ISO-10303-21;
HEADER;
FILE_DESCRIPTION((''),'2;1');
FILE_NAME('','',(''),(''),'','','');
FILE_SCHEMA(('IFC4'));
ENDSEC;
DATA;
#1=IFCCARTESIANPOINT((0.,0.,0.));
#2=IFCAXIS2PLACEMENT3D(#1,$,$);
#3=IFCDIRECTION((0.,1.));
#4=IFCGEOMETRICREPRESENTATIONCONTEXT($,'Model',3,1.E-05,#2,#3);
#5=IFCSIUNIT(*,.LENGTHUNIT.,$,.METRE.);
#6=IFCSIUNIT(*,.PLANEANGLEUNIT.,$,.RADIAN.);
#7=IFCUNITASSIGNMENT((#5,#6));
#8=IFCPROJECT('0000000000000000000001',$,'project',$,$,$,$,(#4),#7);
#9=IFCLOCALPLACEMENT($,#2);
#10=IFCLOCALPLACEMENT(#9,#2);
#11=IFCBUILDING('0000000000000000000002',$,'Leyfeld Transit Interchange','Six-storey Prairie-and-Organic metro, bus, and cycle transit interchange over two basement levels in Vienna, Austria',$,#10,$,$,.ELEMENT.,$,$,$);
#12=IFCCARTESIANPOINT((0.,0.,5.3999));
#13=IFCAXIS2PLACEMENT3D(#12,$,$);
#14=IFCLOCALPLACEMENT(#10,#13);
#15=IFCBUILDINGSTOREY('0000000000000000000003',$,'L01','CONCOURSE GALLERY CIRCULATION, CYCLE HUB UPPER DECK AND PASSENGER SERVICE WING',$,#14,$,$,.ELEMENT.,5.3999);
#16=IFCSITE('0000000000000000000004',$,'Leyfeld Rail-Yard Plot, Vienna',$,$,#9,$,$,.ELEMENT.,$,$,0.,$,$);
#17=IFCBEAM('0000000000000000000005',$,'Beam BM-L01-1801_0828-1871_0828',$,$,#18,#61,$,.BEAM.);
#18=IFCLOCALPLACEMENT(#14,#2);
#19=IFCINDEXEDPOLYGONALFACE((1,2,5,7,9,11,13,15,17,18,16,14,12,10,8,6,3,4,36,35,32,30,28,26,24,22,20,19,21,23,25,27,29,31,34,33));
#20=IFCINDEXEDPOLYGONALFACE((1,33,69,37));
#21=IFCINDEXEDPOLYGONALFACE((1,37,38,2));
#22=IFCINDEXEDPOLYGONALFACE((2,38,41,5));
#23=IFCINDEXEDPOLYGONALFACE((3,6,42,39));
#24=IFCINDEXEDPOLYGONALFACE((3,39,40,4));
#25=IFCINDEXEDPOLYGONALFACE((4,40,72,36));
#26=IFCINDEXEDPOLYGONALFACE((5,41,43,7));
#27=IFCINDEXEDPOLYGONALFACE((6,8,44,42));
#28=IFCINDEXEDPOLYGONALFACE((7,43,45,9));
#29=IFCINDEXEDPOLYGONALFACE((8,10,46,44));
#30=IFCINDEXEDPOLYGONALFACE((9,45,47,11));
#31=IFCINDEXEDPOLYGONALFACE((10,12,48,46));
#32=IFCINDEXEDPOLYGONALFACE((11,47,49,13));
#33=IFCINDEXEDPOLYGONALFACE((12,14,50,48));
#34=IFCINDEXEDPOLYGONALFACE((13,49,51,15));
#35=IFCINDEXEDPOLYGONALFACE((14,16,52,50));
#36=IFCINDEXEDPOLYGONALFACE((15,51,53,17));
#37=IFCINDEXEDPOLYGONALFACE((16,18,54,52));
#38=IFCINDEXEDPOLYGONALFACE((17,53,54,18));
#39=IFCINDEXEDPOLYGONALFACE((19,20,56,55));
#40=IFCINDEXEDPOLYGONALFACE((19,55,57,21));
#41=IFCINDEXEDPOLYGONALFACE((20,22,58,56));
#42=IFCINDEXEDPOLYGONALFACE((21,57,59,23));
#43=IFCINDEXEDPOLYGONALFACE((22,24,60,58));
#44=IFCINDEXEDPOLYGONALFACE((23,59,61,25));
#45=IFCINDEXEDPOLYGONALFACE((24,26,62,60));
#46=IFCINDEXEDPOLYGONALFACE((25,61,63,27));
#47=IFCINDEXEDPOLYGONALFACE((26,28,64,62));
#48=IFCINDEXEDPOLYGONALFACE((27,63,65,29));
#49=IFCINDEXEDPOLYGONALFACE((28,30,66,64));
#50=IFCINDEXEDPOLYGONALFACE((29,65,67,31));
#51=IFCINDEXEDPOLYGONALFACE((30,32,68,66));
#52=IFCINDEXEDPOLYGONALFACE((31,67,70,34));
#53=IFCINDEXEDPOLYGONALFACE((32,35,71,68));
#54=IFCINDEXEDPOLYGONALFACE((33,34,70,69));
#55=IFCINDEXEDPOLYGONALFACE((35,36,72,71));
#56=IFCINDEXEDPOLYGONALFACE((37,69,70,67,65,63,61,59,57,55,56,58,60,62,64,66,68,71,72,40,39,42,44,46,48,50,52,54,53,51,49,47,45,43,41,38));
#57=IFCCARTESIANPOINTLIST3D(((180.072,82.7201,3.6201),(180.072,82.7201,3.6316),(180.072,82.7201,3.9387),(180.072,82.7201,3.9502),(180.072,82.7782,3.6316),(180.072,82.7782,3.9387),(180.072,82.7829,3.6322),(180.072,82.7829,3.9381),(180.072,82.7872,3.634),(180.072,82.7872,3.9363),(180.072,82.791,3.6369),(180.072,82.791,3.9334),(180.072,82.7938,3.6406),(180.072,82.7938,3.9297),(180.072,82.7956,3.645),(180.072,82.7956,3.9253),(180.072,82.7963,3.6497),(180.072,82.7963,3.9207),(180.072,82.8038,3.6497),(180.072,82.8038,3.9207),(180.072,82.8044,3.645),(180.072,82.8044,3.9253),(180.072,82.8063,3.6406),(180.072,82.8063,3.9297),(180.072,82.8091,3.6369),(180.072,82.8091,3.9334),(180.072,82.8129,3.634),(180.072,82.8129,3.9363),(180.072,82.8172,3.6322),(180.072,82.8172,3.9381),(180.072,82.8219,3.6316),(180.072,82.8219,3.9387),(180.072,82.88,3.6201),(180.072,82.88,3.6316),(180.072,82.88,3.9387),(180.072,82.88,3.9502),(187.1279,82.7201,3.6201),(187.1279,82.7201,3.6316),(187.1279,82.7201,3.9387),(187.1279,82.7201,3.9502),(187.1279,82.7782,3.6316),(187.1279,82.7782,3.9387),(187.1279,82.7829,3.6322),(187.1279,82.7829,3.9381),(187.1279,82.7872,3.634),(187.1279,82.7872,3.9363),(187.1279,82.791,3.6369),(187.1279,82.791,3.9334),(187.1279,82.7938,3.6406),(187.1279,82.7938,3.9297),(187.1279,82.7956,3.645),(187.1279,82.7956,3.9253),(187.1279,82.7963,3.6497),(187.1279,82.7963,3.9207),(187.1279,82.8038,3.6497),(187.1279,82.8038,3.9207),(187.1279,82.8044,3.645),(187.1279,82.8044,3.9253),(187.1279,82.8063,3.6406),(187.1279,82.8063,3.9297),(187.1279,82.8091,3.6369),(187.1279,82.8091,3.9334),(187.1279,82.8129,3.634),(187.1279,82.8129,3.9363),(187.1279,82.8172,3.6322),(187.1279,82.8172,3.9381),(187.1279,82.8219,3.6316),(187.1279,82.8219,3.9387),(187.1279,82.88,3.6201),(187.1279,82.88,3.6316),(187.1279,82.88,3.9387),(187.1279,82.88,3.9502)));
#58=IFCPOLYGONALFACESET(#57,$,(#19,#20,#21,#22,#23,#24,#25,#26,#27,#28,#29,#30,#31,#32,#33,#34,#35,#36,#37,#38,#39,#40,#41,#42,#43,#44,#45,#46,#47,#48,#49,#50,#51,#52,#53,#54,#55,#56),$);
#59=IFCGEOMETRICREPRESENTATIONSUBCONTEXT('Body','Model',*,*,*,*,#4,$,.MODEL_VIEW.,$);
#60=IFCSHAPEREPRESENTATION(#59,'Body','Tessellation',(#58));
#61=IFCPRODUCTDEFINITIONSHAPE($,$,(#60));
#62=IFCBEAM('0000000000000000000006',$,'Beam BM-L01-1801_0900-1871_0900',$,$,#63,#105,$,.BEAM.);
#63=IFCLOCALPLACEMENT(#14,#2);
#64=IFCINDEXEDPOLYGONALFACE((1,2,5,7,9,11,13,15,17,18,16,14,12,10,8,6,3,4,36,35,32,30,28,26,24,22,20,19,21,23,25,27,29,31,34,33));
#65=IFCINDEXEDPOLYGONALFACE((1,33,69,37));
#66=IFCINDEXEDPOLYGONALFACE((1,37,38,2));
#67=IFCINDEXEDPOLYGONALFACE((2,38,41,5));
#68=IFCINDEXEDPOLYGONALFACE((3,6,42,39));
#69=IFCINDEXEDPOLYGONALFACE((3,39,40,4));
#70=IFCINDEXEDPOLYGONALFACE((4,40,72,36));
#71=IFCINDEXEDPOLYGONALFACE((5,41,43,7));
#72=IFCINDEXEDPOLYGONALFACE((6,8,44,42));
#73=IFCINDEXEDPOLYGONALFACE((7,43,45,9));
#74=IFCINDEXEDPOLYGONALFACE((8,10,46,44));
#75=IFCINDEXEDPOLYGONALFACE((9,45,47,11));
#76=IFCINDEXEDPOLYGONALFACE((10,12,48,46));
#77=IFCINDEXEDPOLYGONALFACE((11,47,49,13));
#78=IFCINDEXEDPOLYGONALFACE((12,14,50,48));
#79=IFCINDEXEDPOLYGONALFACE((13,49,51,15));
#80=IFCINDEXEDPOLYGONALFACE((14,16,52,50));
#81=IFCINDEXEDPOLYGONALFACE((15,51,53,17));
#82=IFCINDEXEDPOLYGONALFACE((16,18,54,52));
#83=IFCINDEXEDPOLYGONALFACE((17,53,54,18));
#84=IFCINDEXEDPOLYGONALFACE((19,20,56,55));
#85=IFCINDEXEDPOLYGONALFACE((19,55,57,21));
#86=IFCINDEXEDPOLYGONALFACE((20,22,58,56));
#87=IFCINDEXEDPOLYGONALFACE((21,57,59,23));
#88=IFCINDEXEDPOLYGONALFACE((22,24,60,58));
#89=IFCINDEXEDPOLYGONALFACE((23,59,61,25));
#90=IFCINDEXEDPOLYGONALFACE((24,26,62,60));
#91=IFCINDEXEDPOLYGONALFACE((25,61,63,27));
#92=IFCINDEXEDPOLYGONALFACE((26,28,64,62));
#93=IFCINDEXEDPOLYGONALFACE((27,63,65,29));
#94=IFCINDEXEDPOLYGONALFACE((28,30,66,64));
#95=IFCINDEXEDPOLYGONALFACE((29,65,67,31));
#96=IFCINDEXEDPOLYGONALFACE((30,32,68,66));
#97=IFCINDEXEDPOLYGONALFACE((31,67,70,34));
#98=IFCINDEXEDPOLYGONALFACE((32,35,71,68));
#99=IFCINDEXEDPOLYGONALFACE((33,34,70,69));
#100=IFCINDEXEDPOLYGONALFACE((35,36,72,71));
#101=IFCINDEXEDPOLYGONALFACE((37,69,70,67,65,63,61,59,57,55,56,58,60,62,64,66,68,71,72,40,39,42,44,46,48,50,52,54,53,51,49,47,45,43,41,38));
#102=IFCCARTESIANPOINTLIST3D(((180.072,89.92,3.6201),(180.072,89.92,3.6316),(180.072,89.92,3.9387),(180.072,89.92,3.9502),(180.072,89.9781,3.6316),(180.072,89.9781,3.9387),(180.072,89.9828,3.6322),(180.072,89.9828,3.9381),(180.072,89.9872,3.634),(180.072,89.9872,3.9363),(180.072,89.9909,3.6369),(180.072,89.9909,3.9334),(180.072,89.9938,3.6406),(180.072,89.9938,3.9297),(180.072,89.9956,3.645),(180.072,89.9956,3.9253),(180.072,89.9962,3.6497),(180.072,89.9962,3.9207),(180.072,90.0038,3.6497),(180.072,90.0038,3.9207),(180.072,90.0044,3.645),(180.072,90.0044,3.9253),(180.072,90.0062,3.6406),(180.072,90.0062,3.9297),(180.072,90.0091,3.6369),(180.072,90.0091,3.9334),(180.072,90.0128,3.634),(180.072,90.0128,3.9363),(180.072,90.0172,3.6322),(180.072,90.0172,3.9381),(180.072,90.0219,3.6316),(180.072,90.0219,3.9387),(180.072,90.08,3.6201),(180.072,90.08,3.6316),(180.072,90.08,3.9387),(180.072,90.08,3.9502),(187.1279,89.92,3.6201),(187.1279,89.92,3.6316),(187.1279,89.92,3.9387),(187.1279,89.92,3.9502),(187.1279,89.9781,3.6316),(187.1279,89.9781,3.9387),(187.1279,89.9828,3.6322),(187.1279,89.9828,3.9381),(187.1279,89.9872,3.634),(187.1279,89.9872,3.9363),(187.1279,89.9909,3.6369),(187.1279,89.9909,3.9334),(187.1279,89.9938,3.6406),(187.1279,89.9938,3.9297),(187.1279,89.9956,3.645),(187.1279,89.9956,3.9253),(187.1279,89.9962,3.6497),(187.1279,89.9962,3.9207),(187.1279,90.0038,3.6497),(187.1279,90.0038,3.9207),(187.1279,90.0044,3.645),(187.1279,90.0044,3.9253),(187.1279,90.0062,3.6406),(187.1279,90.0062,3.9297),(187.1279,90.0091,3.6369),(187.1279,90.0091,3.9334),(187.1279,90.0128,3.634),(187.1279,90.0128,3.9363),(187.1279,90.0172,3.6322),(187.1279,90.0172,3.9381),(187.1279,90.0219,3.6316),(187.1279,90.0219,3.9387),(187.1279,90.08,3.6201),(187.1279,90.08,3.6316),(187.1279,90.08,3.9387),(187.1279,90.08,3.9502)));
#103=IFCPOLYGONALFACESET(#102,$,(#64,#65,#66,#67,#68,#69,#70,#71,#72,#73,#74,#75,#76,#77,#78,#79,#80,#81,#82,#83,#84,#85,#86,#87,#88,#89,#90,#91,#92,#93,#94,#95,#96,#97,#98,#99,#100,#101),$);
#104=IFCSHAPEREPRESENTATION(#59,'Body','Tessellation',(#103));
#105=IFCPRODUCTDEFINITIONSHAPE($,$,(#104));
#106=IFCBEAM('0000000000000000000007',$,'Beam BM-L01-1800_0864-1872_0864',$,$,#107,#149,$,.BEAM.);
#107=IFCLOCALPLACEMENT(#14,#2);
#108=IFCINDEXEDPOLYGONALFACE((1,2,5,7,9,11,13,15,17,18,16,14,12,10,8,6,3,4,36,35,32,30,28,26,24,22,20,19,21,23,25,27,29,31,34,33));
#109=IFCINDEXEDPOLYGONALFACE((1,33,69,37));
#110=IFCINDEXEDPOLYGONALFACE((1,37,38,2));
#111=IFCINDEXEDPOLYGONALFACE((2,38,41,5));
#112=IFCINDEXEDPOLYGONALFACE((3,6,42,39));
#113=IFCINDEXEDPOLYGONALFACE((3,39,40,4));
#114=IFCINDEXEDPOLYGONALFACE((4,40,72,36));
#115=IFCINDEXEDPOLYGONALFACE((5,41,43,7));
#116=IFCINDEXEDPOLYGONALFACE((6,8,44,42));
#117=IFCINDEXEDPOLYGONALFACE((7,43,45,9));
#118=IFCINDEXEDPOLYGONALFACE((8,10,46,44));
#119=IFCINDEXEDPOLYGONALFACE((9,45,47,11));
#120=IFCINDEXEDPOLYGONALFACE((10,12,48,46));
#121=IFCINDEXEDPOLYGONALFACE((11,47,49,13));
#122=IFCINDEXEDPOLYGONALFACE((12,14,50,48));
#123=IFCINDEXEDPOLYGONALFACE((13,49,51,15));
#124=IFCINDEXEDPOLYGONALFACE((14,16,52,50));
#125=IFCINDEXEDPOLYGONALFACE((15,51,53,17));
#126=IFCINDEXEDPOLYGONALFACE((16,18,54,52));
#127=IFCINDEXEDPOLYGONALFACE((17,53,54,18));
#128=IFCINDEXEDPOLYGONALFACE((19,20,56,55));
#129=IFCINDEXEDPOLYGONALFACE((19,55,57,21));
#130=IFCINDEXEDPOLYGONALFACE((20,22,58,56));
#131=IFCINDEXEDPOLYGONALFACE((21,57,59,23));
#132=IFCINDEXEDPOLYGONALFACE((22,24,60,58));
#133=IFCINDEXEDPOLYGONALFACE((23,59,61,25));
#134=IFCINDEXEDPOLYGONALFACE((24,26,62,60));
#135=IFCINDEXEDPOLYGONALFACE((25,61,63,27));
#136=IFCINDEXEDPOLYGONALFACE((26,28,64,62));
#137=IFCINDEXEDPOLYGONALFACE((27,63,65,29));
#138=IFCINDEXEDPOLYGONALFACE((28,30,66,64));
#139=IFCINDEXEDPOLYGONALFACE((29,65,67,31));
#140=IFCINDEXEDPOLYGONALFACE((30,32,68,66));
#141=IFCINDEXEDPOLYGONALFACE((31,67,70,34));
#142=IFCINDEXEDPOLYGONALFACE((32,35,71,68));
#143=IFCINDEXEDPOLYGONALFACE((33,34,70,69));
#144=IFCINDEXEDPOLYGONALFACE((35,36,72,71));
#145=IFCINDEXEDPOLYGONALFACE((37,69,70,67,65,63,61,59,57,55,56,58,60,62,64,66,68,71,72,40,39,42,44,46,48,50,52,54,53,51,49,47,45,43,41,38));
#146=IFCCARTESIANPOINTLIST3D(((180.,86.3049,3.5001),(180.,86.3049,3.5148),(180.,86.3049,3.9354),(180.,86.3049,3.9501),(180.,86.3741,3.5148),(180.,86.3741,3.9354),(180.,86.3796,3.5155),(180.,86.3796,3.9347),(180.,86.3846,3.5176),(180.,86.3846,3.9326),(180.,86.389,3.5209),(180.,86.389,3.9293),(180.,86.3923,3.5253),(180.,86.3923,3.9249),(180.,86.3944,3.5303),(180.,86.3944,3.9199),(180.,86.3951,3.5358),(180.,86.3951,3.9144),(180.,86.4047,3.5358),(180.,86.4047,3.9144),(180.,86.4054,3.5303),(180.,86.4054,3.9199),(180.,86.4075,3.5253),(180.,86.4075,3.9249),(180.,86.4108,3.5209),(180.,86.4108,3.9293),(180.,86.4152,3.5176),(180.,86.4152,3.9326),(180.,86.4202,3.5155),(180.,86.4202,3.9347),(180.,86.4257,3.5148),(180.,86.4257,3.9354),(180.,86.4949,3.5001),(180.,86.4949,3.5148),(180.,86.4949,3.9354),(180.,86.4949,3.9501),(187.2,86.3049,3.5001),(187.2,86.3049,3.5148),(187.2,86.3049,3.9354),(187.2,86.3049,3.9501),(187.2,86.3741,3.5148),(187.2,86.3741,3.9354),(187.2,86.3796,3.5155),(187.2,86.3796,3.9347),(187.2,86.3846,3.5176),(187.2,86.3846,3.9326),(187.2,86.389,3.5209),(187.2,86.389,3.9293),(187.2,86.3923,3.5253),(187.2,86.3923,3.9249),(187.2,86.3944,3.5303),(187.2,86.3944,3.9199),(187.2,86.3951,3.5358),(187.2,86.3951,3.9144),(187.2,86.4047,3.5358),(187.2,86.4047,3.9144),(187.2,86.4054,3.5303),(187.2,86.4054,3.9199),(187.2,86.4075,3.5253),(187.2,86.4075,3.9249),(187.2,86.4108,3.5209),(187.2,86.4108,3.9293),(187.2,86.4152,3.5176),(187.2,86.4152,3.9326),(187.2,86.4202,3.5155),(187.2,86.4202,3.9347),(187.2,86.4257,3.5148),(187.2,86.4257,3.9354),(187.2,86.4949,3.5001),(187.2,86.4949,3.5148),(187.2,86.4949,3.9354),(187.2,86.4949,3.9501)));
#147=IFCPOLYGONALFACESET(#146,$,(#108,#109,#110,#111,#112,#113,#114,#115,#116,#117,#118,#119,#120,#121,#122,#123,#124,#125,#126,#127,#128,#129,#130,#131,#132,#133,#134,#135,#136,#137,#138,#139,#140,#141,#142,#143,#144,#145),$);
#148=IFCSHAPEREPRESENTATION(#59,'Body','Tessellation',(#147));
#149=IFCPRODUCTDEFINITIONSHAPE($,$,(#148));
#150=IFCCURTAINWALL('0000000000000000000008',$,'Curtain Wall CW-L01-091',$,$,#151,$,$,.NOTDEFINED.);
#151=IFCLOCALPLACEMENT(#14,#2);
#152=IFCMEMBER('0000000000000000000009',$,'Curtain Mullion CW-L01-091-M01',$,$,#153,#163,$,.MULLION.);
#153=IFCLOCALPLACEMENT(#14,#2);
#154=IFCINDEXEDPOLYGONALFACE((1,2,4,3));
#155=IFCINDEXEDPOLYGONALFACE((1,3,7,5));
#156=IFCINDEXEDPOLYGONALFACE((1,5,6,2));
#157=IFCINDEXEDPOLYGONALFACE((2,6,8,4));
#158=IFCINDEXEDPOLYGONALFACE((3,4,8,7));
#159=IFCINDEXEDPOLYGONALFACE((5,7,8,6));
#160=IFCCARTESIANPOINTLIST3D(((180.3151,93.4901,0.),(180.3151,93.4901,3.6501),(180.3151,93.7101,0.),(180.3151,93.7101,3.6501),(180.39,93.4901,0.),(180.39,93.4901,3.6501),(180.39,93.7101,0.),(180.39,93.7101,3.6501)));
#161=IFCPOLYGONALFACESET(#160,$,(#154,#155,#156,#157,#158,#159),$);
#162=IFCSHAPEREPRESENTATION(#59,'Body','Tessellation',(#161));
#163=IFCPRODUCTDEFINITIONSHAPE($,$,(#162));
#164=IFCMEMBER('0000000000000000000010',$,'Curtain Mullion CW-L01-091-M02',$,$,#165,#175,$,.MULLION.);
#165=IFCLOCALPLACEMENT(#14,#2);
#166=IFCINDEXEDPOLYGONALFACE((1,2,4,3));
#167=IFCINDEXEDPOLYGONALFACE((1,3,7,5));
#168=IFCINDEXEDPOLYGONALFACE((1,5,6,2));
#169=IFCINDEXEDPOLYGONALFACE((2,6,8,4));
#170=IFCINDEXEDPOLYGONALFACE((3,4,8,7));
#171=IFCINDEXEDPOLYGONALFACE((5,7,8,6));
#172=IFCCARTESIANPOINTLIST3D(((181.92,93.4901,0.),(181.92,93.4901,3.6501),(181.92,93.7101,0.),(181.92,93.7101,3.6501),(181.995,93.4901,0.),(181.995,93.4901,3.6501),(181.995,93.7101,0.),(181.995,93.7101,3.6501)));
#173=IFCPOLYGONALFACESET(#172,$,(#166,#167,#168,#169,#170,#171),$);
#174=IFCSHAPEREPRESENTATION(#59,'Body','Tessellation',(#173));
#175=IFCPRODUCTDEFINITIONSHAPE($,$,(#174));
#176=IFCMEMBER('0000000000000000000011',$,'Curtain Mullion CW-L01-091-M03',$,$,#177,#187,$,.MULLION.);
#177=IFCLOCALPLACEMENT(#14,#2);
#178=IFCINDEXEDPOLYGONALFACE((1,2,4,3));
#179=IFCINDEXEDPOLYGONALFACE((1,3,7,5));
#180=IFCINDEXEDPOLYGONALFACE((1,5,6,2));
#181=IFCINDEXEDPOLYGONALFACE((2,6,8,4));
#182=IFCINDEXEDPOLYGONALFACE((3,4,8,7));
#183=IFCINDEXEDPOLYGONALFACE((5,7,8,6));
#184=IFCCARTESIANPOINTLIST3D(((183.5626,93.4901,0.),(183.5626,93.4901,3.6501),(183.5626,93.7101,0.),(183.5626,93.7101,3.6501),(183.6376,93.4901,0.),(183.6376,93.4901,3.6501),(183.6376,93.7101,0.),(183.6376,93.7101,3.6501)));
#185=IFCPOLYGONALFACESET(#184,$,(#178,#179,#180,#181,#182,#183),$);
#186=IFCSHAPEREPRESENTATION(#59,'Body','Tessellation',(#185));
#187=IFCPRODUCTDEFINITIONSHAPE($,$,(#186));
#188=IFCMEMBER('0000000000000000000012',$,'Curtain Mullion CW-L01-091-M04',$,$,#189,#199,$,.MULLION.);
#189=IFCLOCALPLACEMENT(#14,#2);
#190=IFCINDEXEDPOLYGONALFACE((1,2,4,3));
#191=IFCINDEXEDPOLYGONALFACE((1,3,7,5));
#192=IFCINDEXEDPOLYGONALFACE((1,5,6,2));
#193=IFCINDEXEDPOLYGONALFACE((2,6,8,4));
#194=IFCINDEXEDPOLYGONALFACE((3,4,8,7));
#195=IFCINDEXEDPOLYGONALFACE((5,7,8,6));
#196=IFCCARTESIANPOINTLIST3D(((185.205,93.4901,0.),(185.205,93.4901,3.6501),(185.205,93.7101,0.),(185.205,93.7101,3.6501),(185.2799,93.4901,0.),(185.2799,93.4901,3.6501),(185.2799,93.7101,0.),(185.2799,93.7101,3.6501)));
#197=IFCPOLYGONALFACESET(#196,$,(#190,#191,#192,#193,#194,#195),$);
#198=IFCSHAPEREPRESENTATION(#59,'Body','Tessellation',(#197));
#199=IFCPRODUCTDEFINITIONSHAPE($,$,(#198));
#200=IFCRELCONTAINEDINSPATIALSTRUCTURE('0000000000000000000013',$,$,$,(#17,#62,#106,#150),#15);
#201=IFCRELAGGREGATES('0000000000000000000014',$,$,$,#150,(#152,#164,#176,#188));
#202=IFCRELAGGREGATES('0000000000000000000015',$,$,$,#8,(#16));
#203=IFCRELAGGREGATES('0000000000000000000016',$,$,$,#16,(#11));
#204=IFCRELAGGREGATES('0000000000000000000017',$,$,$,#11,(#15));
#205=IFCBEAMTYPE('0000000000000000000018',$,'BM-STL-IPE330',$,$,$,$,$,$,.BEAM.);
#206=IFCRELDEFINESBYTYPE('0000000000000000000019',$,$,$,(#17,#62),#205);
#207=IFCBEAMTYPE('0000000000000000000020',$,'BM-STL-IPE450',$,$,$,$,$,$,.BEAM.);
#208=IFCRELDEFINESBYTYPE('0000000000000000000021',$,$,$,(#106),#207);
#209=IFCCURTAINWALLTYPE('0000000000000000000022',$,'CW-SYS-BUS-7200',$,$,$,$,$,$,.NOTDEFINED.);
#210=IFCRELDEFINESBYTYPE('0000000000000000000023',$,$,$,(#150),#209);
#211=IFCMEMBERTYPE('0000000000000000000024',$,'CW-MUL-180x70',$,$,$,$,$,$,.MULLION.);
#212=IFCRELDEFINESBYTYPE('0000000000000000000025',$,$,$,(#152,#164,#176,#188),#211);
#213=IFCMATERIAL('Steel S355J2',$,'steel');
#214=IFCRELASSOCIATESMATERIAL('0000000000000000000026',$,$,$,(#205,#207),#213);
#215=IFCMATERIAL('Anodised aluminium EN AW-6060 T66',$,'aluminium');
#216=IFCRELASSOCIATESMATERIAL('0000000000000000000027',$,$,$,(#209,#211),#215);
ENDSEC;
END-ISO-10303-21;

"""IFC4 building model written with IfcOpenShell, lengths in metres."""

from ifc_helpers import new_model, si_unit, direction, frame, origin, origin_2d, place, context, subcontext, project, spatial, rectangle, i_section, extrude, material, material_profile, profile_set, type_object, element, aggregate, save


model = new_model("IFC4")

# Units and contexts
model_context = context("Model", 3, precision=1e-05, world=origin(), true_north=direction((0.0, 1.0)))
body_context = subcontext(model_context, "Body", "Model", "MODEL_VIEW")
ifc_project = project(units=[si_unit("LENGTHUNIT", "METRE"), si_unit("PLANEANGLEUNIT", "RADIAN")], contexts=[model_context])

# Site, building, storey
site_placement = place(None, origin())
site = spatial("IfcSite", under=ifc_project, at=site_placement, Name="Leyfeld Rail-Yard Plot, Vienna", CompositionType="ELEMENT", RefElevation=0.0)
building_placement = place(site_placement, origin())
building = spatial("IfcBuilding", under=site, at=building_placement, Name="Leyfeld Transit Interchange", Description="Six-storey Prairie-and-Organic metro, bus, and cycle transit interchange over two basement levels in Vienna, Austria", CompositionType="ELEMENT")
storey_placement = place(building_placement, frame((0.0, 0.0, 5.3999)))
storey = spatial("IfcBuildingStorey", under=building, at=storey_placement, Name="L01", Description="CONCOURSE GALLERY CIRCULATION, CYCLE HUB UPPER DECK AND PASSENGER SERVICE WING", CompositionType="ELEMENT", Elevation=5.3999)

# Beams
ifc_material_1 = material(Name="Steel S355J2", Category="steel")
ifc_material_profile_1 = material_profile(ifc_material_1, i_section(OverallWidth=0.1599, OverallDepth=0.3301, WebThickness=0.0076, FlangeThickness=0.0115, FilletRadius=0.0181, at=origin_2d()), Name="IPE 330")
ifc_profile_set_1 = profile_set([ifc_material_profile_1], Name="Steel S355J2")
beam_type_1 = type_object("IfcBeamType", Name="BM-STL-IPE330", PredefinedType="BEAM", material=ifc_profile_set_1)
for number, where, z_axis, x_axis, name in (
    (1, (180.072, 82.8, 3.7852), (1.0, 0.0, 0.0), (0.0, 1.0, 0.0), "Beam BM-L01-1801_0828-1871_0828"),
    (2, (180.072, 90.0, 3.7852), (1.0, 0.0, 0.0), (0.0, 1.0, 0.0), "Beam BM-L01-1801_0900-1871_0900"),
):
    element("IfcBeam", number, at=place(storey_placement, frame(where, z_axis=z_axis, x_axis=x_axis)), inside=storey, type_object=beam_type_1, Name=name, PredefinedType="BEAM", context=body_context, shape_type="SweptSolid", body=[
        extrude(i_section(OverallWidth=0.1599, OverallDepth=0.3301, WebThickness=0.0076, FlangeThickness=0.0115, FilletRadius=0.0181, at=origin_2d()), origin(), (0.0, 0.0, 1.0), 7.0559),
    ])
ifc_material_profile_2 = material_profile(ifc_material_1, i_section(OverallWidth=0.1899, OverallDepth=0.45, WebThickness=0.0095, FlangeThickness=0.0146, FilletRadius=0.021, at=origin_2d()), Name="IPE 450")
ifc_profile_set_2 = profile_set([ifc_material_profile_2], Name="Steel S355J2")
beam_type_2 = type_object("IfcBeamType", Name="BM-STL-IPE450", PredefinedType="BEAM", material=ifc_profile_set_2)
beam_1_placement = place(storey_placement, frame((180.0, 86.3999, 3.7251), z_axis=(1.0, 0.0, 0.0), x_axis=(0.0, 1.0, 0.0)))
element("IfcBeam", 3, at=beam_1_placement, inside=storey, type_object=beam_type_2, Name="Beam BM-L01-1800_0864-1872_0864", PredefinedType="BEAM", context=body_context, shape_type="SweptSolid", body=[
    extrude(i_section(OverallWidth=0.1899, OverallDepth=0.45, WebThickness=0.0095, FlangeThickness=0.0146, FilletRadius=0.021, at=origin_2d()), origin(), (0.0, 0.0, 1.0), 7.2),
])

# Curtain wall, members
ifc_material_2 = material(Name="Anodised aluminium EN AW-6060 T66", Category="aluminium")
curtain_wall_type = type_object("IfcCurtainWallType", Name="CW-SYS-BUS-7200", PredefinedType="NOTDEFINED", material=ifc_material_2)
curtain_wall_placement = place(storey_placement, origin())
curtain_wall = element("IfcCurtainWall", 4, at=curtain_wall_placement, inside=storey, type_object=curtain_wall_type, Name="Curtain Wall CW-L01-091", PredefinedType="NOTDEFINED")
ifc_material_profile_3 = material_profile(ifc_material_2, rectangle(XDim=0.075, YDim=0.22, at=origin_2d()), Name="CW-M 75x220")
ifc_profile_set_3 = profile_set([ifc_material_profile_3], Name="Anodised aluminium EN AW-6060 T66")
member_type_1 = type_object("IfcMemberType", Name="CW-MUL-180x70", PredefinedType="MULLION", material=ifc_profile_set_3)
member_1_placement = place(storey_placement, frame((180.3525, 93.6001, 0.0), z_axis=(0.0, 0.0, 1.0), x_axis=(1.0, 0.0, 0.0)))
member_1 = element("IfcMember", 5, at=member_1_placement, type_object=member_type_1, Name="Curtain Mullion CW-L01-091-M01", PredefinedType="MULLION", context=body_context, shape_type="SweptSolid", body=[
    extrude(rectangle(XDim=0.075, YDim=0.22, at=origin_2d()), origin(), (0.0, 0.0, 1.0), 3.6501),
])
member_2_placement = place(storey_placement, frame((181.9575, 93.6001, 0.0), z_axis=(0.0, 0.0, 1.0), x_axis=(1.0, 0.0, 0.0)))
member_2 = element("IfcMember", 6, at=member_2_placement, type_object=member_type_1, Name="Curtain Mullion CW-L01-091-M02", PredefinedType="MULLION", context=body_context, shape_type="SweptSolid", body=[
    extrude(rectangle(XDim=0.075, YDim=0.22, at=origin_2d()), origin(), (0.0, 0.0, 1.0), 3.6501),
])
member_3_placement = place(storey_placement, frame((183.6001, 93.6001, 0.0), z_axis=(0.0, 0.0, 1.0), x_axis=(1.0, 0.0, 0.0)))
member_3 = element("IfcMember", 7, at=member_3_placement, type_object=member_type_1, Name="Curtain Mullion CW-L01-091-M03", PredefinedType="MULLION", context=body_context, shape_type="SweptSolid", body=[
    extrude(rectangle(XDim=0.075, YDim=0.22, at=origin_2d()), origin(), (0.0, 0.0, 1.0), 3.6501),
])
member_4_placement = place(storey_placement, frame((185.2424, 93.6001, 0.0), z_axis=(0.0, 0.0, 1.0), x_axis=(1.0, 0.0, 0.0)))
member_4 = element("IfcMember", 8, at=member_4_placement, type_object=member_type_1, Name="Curtain Mullion CW-L01-091-M04", PredefinedType="MULLION", context=body_context, shape_type="SweptSolid", body=[
    extrude(rectangle(XDim=0.075, YDim=0.22, at=origin_2d()), origin(), (0.0, 0.0, 1.0), 3.6501),
])
aggregate(curtain_wall, [member_1, member_2, member_3, member_4])

save(model, "model.ifc")
